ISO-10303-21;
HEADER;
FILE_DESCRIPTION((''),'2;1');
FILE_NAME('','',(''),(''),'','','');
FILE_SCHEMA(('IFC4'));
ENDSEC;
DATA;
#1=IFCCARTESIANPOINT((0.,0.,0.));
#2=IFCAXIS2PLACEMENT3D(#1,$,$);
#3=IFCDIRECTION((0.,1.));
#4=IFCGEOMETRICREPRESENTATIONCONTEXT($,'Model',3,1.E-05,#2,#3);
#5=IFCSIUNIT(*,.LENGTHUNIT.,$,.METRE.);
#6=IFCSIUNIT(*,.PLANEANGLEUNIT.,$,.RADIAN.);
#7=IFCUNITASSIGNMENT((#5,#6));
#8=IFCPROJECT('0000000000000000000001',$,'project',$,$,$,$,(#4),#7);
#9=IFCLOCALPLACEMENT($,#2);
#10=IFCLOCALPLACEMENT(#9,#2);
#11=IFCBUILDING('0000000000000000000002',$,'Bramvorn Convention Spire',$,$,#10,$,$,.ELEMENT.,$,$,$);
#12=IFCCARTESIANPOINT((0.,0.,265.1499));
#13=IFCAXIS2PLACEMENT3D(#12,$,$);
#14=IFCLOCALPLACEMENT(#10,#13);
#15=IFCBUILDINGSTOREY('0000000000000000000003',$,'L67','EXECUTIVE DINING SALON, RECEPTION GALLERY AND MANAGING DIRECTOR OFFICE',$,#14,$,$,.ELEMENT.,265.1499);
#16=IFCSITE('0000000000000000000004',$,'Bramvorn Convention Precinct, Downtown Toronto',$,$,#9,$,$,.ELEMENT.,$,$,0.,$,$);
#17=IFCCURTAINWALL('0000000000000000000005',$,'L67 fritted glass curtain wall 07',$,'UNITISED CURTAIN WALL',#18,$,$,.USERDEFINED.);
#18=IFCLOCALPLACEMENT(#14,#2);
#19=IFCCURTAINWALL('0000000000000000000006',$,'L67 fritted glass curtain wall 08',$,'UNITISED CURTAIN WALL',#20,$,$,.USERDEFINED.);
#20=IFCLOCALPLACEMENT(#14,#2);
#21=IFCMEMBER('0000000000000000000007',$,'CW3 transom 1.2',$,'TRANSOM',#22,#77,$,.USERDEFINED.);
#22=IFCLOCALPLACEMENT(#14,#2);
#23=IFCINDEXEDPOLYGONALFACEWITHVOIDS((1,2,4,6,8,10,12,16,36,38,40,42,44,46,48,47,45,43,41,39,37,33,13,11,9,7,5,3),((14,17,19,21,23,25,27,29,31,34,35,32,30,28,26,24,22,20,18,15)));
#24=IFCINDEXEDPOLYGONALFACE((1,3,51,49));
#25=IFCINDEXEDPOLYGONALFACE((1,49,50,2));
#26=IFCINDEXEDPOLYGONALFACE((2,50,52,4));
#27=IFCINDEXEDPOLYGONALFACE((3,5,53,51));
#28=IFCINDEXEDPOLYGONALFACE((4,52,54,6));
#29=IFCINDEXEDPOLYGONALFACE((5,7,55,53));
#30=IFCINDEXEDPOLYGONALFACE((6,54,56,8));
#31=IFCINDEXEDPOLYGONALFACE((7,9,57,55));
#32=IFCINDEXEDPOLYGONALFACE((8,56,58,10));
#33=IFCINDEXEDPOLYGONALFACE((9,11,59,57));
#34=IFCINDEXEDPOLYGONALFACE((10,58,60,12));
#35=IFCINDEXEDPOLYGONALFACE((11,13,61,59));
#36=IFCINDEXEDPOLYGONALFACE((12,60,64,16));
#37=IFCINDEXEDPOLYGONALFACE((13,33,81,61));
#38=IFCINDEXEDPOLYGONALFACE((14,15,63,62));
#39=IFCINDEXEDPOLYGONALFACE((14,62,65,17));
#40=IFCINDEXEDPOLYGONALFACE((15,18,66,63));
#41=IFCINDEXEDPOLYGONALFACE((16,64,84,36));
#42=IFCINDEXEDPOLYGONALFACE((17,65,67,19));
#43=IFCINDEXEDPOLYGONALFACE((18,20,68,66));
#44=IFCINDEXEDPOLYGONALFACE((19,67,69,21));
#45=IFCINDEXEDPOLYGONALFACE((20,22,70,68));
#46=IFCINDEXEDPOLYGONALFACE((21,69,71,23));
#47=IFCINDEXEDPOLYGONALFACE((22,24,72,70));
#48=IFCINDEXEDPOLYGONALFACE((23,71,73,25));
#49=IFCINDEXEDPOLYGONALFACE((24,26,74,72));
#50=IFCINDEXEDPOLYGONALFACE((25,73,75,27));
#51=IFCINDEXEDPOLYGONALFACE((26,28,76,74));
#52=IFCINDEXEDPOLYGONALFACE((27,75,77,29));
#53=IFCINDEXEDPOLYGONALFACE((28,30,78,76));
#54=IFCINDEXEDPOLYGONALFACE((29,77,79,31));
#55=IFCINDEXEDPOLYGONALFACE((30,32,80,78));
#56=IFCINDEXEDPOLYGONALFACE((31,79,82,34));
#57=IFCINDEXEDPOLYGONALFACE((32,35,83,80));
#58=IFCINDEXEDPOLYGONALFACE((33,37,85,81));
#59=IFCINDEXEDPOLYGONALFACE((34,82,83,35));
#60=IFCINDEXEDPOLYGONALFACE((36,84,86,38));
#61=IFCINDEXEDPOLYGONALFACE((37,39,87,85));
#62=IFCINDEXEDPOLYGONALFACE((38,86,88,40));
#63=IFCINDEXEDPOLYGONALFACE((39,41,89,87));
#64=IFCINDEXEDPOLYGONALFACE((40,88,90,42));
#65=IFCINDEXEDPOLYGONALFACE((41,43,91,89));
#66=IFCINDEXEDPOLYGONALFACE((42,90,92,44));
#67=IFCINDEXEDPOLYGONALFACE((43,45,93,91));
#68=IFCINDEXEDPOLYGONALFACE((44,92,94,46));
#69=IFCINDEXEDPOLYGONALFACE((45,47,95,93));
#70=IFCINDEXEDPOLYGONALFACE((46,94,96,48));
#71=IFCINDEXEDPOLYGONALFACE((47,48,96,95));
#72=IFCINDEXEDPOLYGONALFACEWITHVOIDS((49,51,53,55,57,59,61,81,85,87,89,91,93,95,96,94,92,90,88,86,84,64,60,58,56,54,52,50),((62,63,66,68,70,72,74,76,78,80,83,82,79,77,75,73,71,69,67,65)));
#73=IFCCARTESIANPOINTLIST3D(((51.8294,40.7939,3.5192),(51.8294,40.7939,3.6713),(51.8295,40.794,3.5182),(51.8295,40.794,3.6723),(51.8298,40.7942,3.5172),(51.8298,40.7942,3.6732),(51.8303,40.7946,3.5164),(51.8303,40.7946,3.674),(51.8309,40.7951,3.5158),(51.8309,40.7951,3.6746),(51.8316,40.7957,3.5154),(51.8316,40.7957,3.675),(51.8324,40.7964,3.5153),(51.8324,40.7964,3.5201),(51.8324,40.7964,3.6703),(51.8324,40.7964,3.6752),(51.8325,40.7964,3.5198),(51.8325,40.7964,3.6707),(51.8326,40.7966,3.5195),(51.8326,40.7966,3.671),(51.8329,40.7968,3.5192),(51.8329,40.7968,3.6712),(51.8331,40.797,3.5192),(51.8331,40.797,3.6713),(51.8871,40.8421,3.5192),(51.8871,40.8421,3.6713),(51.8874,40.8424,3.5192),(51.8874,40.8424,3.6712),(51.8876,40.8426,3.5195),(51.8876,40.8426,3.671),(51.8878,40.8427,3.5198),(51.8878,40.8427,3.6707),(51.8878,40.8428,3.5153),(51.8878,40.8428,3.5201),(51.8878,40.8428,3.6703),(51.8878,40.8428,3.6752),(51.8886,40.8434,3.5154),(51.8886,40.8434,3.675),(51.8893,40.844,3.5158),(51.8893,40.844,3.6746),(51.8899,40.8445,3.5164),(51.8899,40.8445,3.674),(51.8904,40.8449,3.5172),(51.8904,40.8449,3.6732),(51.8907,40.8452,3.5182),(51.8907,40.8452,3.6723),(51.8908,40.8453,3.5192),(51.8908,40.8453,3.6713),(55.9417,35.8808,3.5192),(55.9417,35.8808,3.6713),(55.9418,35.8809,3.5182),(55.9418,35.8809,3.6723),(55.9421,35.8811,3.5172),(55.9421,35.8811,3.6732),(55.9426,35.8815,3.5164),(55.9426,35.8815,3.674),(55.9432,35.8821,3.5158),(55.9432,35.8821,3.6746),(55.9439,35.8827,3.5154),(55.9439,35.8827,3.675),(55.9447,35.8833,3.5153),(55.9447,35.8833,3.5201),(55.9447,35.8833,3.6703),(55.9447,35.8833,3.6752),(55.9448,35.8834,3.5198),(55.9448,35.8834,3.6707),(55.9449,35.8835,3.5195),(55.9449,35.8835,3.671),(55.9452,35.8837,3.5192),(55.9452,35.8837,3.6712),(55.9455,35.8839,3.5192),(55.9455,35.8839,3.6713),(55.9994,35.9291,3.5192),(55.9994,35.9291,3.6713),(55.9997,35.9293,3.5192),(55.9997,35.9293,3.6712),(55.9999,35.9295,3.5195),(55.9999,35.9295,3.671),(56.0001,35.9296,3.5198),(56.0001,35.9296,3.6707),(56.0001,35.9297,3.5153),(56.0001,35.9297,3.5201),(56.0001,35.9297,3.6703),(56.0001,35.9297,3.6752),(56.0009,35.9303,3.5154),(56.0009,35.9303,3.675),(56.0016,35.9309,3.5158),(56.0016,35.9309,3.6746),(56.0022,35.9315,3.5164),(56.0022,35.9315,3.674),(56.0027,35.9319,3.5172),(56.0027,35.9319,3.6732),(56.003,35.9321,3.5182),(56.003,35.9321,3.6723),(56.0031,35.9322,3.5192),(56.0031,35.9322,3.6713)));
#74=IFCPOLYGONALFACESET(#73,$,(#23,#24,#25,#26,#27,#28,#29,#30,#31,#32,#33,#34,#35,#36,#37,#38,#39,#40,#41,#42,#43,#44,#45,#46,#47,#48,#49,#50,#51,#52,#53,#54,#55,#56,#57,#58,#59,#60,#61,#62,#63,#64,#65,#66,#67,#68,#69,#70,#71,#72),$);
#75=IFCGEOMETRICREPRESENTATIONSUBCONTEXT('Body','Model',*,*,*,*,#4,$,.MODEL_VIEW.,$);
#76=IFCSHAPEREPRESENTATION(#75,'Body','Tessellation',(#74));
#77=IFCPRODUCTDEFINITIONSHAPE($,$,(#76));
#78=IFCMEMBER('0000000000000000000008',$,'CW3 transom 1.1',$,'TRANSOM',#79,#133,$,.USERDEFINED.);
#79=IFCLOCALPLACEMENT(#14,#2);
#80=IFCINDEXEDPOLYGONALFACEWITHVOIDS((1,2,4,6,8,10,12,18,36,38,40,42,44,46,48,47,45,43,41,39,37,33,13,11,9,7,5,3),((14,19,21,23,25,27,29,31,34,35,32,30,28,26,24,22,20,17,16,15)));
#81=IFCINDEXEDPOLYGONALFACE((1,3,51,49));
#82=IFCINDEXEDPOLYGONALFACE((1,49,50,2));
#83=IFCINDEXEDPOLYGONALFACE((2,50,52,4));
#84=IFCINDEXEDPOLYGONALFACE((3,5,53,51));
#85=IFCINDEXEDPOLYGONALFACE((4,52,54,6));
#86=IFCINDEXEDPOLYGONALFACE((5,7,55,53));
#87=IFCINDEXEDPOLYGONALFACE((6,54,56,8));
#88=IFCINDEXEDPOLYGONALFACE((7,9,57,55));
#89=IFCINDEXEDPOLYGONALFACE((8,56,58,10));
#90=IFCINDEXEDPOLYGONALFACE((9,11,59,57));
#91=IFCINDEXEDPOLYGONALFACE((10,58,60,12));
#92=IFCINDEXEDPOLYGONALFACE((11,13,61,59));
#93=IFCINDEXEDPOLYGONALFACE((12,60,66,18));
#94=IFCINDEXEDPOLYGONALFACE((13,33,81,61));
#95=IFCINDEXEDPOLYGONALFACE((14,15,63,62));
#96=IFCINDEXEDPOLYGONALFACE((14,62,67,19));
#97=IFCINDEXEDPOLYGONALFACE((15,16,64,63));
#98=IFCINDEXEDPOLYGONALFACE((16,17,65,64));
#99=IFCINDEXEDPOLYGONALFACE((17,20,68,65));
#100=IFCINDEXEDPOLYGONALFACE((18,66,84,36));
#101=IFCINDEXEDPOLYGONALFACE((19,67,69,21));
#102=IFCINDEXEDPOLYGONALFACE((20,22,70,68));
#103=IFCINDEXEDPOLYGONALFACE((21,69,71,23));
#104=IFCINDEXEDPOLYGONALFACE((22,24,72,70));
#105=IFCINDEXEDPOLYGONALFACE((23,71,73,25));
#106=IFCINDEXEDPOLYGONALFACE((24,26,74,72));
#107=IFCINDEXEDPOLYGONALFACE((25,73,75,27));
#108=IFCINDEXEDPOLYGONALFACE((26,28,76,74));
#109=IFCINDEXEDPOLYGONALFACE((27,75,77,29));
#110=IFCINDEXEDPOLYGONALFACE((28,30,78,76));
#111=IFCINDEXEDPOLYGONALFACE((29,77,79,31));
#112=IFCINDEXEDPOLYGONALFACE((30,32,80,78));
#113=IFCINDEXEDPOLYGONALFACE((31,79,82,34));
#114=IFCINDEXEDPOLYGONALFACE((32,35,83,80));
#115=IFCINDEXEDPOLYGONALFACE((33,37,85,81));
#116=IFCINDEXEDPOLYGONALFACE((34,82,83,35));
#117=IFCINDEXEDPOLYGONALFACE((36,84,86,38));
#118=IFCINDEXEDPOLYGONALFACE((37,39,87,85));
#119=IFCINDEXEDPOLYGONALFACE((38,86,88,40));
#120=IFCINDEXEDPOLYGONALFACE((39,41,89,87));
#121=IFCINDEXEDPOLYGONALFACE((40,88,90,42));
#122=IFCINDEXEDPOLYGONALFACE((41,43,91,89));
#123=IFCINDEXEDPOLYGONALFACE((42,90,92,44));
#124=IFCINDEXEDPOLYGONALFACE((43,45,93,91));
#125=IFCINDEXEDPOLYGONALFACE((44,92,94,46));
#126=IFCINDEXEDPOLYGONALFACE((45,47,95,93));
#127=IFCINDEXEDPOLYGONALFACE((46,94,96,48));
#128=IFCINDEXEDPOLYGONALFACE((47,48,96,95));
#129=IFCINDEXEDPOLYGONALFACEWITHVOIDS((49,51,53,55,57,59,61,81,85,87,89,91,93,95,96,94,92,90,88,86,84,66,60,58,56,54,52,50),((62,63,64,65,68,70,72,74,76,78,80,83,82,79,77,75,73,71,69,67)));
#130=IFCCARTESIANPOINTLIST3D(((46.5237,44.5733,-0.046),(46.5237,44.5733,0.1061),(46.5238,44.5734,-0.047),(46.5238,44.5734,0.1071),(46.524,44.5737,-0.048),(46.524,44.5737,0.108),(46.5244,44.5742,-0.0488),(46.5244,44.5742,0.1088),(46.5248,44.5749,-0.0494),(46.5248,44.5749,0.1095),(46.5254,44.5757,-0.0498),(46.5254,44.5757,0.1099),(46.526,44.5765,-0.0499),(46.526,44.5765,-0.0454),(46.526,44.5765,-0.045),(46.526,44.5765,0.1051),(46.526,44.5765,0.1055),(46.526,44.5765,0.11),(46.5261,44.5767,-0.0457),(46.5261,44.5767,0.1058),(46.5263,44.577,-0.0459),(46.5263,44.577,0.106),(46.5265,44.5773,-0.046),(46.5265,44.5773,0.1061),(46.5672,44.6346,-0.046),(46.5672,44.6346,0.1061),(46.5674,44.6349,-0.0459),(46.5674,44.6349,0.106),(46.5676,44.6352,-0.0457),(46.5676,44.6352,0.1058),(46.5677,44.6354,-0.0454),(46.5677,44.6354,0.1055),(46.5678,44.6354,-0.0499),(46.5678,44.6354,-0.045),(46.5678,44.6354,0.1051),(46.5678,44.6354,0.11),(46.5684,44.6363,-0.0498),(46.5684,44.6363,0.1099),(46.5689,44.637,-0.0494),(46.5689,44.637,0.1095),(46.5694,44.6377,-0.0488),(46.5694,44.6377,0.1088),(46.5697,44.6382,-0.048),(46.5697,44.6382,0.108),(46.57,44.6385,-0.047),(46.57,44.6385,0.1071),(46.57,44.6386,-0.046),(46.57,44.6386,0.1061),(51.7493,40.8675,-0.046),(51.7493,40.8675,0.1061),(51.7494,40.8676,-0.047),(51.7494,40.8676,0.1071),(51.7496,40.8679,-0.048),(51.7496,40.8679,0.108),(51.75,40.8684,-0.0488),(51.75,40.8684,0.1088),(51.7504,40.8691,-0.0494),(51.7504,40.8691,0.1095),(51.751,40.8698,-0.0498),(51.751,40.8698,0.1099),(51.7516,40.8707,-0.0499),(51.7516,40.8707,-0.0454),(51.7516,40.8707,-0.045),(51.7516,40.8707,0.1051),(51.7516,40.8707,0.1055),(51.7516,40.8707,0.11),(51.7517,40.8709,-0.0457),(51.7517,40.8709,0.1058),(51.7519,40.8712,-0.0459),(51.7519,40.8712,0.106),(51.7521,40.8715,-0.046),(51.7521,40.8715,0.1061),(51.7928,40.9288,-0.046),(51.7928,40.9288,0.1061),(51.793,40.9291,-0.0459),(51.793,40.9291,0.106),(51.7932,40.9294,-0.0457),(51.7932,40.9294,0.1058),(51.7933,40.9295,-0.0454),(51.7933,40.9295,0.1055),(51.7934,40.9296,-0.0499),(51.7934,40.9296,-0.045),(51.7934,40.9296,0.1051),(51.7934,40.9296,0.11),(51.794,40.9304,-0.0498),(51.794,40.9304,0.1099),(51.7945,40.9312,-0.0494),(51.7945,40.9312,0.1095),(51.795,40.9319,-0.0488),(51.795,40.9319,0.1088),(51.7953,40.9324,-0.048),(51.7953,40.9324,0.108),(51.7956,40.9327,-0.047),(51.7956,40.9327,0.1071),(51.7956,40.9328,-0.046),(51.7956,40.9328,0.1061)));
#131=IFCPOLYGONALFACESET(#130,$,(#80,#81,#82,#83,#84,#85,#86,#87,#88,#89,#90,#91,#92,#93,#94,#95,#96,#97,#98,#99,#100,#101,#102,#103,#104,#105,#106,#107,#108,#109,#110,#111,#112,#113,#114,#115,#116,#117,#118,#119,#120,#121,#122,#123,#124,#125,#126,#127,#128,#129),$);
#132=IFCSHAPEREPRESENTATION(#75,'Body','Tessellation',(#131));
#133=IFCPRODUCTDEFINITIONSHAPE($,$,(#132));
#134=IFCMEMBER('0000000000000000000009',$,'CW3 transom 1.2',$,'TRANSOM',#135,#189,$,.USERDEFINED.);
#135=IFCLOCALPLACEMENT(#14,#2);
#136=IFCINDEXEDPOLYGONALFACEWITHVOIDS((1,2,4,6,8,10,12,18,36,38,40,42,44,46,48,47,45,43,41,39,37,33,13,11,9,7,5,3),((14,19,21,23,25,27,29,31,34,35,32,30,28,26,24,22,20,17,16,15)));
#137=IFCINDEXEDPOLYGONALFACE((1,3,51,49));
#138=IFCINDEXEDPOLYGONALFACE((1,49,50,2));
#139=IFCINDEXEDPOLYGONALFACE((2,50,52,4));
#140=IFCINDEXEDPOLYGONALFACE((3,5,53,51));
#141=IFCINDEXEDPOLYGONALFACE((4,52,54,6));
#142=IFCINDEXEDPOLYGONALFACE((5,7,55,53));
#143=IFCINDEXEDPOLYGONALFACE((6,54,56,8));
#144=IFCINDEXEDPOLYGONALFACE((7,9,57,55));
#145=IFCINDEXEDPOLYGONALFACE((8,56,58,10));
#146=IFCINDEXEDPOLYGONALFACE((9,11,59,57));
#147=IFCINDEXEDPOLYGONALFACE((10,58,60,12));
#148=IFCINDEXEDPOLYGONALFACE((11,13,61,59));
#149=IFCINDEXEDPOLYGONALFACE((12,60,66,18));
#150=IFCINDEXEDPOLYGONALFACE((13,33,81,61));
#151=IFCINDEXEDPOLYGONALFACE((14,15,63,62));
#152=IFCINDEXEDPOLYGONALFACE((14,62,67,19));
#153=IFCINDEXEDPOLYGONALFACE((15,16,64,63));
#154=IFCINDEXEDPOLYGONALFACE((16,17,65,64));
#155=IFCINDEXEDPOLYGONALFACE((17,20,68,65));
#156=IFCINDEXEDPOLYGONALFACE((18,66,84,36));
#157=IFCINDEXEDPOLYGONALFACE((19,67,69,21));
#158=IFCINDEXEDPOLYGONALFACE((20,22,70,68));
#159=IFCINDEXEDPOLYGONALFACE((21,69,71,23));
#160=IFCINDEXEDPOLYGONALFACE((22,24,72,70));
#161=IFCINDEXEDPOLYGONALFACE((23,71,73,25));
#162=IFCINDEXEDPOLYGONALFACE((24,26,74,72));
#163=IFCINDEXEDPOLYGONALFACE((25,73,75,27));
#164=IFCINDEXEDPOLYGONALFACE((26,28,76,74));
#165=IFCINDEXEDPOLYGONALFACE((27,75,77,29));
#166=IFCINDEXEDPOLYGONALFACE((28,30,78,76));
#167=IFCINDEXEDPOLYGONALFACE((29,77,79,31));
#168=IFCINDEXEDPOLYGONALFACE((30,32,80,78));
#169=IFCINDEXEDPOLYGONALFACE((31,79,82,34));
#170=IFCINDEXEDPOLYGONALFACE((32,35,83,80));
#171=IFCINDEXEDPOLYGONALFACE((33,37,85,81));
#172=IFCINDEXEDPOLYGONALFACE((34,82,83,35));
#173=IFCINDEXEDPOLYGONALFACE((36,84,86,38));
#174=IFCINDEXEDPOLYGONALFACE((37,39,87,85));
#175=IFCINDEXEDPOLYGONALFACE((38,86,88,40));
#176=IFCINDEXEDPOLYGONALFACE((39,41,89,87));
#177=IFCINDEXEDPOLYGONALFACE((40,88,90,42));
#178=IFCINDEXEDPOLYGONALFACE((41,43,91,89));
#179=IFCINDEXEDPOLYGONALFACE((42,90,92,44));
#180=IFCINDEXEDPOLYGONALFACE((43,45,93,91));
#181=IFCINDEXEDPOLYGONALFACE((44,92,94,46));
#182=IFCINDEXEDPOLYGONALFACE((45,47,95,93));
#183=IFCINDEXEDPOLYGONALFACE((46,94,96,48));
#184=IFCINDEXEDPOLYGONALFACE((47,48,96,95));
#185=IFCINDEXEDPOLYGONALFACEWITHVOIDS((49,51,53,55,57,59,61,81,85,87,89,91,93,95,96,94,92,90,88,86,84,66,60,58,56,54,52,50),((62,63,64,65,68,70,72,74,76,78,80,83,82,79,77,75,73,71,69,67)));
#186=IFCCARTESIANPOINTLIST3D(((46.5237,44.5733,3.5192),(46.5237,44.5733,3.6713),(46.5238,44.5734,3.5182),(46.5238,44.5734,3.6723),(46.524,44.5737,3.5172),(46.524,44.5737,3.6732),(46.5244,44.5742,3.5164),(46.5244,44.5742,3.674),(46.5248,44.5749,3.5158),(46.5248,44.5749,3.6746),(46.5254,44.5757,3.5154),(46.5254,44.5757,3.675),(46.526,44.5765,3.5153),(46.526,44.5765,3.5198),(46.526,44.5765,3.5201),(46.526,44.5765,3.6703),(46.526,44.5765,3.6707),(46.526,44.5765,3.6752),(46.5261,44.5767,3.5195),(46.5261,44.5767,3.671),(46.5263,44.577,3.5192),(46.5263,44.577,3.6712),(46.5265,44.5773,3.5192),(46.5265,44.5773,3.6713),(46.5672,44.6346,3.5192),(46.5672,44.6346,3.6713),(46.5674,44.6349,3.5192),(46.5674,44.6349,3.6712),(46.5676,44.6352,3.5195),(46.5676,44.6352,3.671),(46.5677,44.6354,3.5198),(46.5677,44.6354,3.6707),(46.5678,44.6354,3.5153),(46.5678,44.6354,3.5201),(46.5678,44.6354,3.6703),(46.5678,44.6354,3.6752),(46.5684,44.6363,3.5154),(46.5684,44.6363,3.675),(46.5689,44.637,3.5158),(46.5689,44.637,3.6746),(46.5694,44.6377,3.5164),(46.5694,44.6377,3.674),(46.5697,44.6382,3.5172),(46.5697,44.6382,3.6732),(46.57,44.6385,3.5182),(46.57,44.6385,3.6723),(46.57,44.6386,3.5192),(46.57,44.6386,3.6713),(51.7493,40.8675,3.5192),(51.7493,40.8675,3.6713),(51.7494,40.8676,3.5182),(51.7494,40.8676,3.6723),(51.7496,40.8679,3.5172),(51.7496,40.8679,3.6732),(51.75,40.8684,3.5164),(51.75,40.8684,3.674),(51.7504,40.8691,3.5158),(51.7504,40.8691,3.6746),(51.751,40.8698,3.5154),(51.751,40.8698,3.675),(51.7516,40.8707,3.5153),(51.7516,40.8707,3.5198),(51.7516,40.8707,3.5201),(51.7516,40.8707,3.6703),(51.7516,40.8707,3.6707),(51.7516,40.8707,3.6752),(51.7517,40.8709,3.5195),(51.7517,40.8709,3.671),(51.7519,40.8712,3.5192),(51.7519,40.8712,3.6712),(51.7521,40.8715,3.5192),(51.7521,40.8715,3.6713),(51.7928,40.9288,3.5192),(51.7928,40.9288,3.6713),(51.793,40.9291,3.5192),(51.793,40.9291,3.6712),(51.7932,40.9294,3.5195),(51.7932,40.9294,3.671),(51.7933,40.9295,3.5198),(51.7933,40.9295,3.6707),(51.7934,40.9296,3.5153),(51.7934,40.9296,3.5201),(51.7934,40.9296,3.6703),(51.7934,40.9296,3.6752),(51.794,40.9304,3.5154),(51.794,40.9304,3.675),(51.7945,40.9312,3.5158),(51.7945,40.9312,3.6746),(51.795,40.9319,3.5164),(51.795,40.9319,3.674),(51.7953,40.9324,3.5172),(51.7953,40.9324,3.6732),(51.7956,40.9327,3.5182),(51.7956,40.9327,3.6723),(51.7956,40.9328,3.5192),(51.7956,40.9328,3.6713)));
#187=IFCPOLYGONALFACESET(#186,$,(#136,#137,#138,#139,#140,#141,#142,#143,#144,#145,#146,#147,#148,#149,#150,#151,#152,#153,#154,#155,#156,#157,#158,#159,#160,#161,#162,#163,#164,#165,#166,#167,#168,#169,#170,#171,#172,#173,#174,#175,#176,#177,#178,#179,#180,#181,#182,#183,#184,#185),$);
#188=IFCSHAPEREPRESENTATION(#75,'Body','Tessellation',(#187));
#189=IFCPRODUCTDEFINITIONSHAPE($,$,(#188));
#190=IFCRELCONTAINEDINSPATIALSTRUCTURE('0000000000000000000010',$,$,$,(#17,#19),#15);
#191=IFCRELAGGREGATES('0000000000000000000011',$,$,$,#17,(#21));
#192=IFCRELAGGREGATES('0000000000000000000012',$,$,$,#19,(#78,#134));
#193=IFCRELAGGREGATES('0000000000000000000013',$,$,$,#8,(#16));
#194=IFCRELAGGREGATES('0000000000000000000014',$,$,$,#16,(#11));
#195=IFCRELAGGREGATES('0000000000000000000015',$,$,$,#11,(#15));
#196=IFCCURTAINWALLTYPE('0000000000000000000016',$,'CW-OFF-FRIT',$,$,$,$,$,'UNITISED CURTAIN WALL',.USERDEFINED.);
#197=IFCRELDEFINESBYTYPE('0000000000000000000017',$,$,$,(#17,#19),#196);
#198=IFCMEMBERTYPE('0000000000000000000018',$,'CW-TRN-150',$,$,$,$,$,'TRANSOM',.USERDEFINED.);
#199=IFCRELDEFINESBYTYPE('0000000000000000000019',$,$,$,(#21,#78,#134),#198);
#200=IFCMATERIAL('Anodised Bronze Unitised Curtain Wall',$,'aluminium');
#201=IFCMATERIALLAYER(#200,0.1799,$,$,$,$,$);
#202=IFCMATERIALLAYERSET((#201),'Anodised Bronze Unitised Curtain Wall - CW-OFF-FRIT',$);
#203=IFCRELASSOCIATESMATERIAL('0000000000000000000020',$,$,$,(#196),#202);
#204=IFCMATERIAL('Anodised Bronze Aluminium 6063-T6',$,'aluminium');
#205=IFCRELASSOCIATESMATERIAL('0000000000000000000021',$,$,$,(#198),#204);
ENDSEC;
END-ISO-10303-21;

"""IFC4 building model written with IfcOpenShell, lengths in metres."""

from ifc_helpers import new_model, si_unit, direction, frame, origin, origin_2d, place, context, subcontext, project, spatial, hollow_rectangle, extrude, material, layer, layer_set, material_profile, profile_set, type_object, element, aggregate, save


model = new_model("IFC4")

# Units and contexts
model_context = context("Model", 3, precision=1e-05, world=origin(), true_north=direction((0.0, 1.0)))
body_context = subcontext(model_context, "Body", "Model", "MODEL_VIEW")
ifc_project = project(units=[si_unit("LENGTHUNIT", "METRE"), si_unit("PLANEANGLEUNIT", "RADIAN")], contexts=[model_context])

# Site, building, storey
site_placement = place(None, origin())
site = spatial("IfcSite", under=ifc_project, at=site_placement, Name="Bramvorn Convention Precinct, Downtown Toronto", CompositionType="ELEMENT", RefElevation=0.0)
building_placement = place(site_placement, origin())
building = spatial("IfcBuilding", under=site, at=building_placement, Name="Bramvorn Convention Spire", CompositionType="ELEMENT")
storey_placement = place(building_placement, frame((0.0, 0.0, 265.1499)))
storey = spatial("IfcBuildingStorey", under=building, at=storey_placement, Name="L67", Description="EXECUTIVE DINING SALON, RECEPTION GALLERY AND MANAGING DIRECTOR OFFICE", CompositionType="ELEMENT", Elevation=265.1499)

# Curtain walls
ifc_material_1 = material(Name="Anodised Bronze Unitised Curtain Wall", Category="aluminium")
ifc_layer_1 = layer(ifc_material_1, 0.1799)
ifc_layer_set_1 = layer_set([ifc_layer_1], Name="Anodised Bronze Unitised Curtain Wall - CW-OFF-FRIT")
curtain_wall_type = type_object("IfcCurtainWallType", Name="CW-OFF-FRIT", ElementType="UNITISED CURTAIN WALL", PredefinedType="USERDEFINED", material=ifc_layer_set_1)
curtain_wall_1_placement = place(storey_placement, origin())
curtain_wall_1 = element("IfcCurtainWall", 1, at=curtain_wall_1_placement, inside=storey, type_object=curtain_wall_type, Name="L67 fritted glass curtain wall 07", ObjectType="UNITISED CURTAIN WALL", PredefinedType="USERDEFINED")
ifc_material_2 = material(Name="Anodised Bronze Aluminium 6063-T6", Category="aluminium")
curtain_wall_2_placement = place(storey_placement, origin())
curtain_wall_2 = element("IfcCurtainWall", 2, at=curtain_wall_2_placement, inside=storey, type_object=curtain_wall_type, Name="L67 fritted glass curtain wall 08", ObjectType="UNITISED CURTAIN WALL", PredefinedType="USERDEFINED")

# Members
ifc_material_profile_1 = material_profile(ifc_material_2, hollow_rectangle(XDim=0.0801, YDim=0.1599, WallThickness=0.0039, InnerFilletRadius=0.001, OuterFilletRadius=0.0039, at=origin_2d()))
ifc_profile_set_1 = profile_set([ifc_material_profile_1], Name="Anodised Bronze Aluminium 6063-T6 - CWT80X160")
member_type_1 = type_object("IfcMemberType", Name="CW-TRN-150", ElementType="TRANSOM", PredefinedType="USERDEFINED", material=ifc_profile_set_1)
member_1_placement = place(storey_placement, frame((51.8601, 40.8196, 3.5952), z_axis=(0.641847, -0.766833, 0.0), x_axis=(0.766833, 0.641847, 0.0)))
member_1 = element("IfcMember", 3, at=member_1_placement, type_object=member_type_1, Name="CW3 transom 1.2", ObjectType="TRANSOM", PredefinedType="USERDEFINED", context=body_context, shape_type="SweptSolid", body=[
    extrude(hollow_rectangle(XDim=0.0801, YDim=0.1599, WallThickness=0.0039, InnerFilletRadius=0.001, OuterFilletRadius=0.0039, at=origin_2d()), origin(), (0.0, 0.0, 1.0), 6.407),
])
member_2_placement = place(storey_placement, frame((46.5469, 44.606, 0.03), z_axis=(0.815704, -0.57847, 0.0), x_axis=(0.57847, 0.815704, 0.0)))
member_2 = element("IfcMember", 4, at=member_2_placement, type_object=member_type_1, Name="CW3 transom 1.1", ObjectType="TRANSOM", PredefinedType="USERDEFINED", context=body_context, shape_type="SweptSolid", body=[
    extrude(hollow_rectangle(XDim=0.0801, YDim=0.1599, WallThickness=0.0039, InnerFilletRadius=0.001, OuterFilletRadius=0.0039, at=origin_2d()), origin(), (0.0, 0.0, 1.0), 6.4062),
])
member_3_placement = place(storey_placement, frame((46.5469, 44.606, 3.5952), z_axis=(0.815704, -0.57847, 0.0), x_axis=(0.57847, 0.815704, 0.0)))
member_3 = element("IfcMember", 5, at=member_3_placement, type_object=member_type_1, Name="CW3 transom 1.2", ObjectType="TRANSOM", PredefinedType="USERDEFINED", context=body_context, shape_type="SweptSolid", body=[
    extrude(hollow_rectangle(XDim=0.0801, YDim=0.1599, WallThickness=0.0039, InnerFilletRadius=0.001, OuterFilletRadius=0.0039, at=origin_2d()), origin(), (0.0, 0.0, 1.0), 6.4062),
])

aggregate(curtain_wall_1, [member_1])
aggregate(curtain_wall_2, [member_2, member_3])

save(model, "model.ifc")
